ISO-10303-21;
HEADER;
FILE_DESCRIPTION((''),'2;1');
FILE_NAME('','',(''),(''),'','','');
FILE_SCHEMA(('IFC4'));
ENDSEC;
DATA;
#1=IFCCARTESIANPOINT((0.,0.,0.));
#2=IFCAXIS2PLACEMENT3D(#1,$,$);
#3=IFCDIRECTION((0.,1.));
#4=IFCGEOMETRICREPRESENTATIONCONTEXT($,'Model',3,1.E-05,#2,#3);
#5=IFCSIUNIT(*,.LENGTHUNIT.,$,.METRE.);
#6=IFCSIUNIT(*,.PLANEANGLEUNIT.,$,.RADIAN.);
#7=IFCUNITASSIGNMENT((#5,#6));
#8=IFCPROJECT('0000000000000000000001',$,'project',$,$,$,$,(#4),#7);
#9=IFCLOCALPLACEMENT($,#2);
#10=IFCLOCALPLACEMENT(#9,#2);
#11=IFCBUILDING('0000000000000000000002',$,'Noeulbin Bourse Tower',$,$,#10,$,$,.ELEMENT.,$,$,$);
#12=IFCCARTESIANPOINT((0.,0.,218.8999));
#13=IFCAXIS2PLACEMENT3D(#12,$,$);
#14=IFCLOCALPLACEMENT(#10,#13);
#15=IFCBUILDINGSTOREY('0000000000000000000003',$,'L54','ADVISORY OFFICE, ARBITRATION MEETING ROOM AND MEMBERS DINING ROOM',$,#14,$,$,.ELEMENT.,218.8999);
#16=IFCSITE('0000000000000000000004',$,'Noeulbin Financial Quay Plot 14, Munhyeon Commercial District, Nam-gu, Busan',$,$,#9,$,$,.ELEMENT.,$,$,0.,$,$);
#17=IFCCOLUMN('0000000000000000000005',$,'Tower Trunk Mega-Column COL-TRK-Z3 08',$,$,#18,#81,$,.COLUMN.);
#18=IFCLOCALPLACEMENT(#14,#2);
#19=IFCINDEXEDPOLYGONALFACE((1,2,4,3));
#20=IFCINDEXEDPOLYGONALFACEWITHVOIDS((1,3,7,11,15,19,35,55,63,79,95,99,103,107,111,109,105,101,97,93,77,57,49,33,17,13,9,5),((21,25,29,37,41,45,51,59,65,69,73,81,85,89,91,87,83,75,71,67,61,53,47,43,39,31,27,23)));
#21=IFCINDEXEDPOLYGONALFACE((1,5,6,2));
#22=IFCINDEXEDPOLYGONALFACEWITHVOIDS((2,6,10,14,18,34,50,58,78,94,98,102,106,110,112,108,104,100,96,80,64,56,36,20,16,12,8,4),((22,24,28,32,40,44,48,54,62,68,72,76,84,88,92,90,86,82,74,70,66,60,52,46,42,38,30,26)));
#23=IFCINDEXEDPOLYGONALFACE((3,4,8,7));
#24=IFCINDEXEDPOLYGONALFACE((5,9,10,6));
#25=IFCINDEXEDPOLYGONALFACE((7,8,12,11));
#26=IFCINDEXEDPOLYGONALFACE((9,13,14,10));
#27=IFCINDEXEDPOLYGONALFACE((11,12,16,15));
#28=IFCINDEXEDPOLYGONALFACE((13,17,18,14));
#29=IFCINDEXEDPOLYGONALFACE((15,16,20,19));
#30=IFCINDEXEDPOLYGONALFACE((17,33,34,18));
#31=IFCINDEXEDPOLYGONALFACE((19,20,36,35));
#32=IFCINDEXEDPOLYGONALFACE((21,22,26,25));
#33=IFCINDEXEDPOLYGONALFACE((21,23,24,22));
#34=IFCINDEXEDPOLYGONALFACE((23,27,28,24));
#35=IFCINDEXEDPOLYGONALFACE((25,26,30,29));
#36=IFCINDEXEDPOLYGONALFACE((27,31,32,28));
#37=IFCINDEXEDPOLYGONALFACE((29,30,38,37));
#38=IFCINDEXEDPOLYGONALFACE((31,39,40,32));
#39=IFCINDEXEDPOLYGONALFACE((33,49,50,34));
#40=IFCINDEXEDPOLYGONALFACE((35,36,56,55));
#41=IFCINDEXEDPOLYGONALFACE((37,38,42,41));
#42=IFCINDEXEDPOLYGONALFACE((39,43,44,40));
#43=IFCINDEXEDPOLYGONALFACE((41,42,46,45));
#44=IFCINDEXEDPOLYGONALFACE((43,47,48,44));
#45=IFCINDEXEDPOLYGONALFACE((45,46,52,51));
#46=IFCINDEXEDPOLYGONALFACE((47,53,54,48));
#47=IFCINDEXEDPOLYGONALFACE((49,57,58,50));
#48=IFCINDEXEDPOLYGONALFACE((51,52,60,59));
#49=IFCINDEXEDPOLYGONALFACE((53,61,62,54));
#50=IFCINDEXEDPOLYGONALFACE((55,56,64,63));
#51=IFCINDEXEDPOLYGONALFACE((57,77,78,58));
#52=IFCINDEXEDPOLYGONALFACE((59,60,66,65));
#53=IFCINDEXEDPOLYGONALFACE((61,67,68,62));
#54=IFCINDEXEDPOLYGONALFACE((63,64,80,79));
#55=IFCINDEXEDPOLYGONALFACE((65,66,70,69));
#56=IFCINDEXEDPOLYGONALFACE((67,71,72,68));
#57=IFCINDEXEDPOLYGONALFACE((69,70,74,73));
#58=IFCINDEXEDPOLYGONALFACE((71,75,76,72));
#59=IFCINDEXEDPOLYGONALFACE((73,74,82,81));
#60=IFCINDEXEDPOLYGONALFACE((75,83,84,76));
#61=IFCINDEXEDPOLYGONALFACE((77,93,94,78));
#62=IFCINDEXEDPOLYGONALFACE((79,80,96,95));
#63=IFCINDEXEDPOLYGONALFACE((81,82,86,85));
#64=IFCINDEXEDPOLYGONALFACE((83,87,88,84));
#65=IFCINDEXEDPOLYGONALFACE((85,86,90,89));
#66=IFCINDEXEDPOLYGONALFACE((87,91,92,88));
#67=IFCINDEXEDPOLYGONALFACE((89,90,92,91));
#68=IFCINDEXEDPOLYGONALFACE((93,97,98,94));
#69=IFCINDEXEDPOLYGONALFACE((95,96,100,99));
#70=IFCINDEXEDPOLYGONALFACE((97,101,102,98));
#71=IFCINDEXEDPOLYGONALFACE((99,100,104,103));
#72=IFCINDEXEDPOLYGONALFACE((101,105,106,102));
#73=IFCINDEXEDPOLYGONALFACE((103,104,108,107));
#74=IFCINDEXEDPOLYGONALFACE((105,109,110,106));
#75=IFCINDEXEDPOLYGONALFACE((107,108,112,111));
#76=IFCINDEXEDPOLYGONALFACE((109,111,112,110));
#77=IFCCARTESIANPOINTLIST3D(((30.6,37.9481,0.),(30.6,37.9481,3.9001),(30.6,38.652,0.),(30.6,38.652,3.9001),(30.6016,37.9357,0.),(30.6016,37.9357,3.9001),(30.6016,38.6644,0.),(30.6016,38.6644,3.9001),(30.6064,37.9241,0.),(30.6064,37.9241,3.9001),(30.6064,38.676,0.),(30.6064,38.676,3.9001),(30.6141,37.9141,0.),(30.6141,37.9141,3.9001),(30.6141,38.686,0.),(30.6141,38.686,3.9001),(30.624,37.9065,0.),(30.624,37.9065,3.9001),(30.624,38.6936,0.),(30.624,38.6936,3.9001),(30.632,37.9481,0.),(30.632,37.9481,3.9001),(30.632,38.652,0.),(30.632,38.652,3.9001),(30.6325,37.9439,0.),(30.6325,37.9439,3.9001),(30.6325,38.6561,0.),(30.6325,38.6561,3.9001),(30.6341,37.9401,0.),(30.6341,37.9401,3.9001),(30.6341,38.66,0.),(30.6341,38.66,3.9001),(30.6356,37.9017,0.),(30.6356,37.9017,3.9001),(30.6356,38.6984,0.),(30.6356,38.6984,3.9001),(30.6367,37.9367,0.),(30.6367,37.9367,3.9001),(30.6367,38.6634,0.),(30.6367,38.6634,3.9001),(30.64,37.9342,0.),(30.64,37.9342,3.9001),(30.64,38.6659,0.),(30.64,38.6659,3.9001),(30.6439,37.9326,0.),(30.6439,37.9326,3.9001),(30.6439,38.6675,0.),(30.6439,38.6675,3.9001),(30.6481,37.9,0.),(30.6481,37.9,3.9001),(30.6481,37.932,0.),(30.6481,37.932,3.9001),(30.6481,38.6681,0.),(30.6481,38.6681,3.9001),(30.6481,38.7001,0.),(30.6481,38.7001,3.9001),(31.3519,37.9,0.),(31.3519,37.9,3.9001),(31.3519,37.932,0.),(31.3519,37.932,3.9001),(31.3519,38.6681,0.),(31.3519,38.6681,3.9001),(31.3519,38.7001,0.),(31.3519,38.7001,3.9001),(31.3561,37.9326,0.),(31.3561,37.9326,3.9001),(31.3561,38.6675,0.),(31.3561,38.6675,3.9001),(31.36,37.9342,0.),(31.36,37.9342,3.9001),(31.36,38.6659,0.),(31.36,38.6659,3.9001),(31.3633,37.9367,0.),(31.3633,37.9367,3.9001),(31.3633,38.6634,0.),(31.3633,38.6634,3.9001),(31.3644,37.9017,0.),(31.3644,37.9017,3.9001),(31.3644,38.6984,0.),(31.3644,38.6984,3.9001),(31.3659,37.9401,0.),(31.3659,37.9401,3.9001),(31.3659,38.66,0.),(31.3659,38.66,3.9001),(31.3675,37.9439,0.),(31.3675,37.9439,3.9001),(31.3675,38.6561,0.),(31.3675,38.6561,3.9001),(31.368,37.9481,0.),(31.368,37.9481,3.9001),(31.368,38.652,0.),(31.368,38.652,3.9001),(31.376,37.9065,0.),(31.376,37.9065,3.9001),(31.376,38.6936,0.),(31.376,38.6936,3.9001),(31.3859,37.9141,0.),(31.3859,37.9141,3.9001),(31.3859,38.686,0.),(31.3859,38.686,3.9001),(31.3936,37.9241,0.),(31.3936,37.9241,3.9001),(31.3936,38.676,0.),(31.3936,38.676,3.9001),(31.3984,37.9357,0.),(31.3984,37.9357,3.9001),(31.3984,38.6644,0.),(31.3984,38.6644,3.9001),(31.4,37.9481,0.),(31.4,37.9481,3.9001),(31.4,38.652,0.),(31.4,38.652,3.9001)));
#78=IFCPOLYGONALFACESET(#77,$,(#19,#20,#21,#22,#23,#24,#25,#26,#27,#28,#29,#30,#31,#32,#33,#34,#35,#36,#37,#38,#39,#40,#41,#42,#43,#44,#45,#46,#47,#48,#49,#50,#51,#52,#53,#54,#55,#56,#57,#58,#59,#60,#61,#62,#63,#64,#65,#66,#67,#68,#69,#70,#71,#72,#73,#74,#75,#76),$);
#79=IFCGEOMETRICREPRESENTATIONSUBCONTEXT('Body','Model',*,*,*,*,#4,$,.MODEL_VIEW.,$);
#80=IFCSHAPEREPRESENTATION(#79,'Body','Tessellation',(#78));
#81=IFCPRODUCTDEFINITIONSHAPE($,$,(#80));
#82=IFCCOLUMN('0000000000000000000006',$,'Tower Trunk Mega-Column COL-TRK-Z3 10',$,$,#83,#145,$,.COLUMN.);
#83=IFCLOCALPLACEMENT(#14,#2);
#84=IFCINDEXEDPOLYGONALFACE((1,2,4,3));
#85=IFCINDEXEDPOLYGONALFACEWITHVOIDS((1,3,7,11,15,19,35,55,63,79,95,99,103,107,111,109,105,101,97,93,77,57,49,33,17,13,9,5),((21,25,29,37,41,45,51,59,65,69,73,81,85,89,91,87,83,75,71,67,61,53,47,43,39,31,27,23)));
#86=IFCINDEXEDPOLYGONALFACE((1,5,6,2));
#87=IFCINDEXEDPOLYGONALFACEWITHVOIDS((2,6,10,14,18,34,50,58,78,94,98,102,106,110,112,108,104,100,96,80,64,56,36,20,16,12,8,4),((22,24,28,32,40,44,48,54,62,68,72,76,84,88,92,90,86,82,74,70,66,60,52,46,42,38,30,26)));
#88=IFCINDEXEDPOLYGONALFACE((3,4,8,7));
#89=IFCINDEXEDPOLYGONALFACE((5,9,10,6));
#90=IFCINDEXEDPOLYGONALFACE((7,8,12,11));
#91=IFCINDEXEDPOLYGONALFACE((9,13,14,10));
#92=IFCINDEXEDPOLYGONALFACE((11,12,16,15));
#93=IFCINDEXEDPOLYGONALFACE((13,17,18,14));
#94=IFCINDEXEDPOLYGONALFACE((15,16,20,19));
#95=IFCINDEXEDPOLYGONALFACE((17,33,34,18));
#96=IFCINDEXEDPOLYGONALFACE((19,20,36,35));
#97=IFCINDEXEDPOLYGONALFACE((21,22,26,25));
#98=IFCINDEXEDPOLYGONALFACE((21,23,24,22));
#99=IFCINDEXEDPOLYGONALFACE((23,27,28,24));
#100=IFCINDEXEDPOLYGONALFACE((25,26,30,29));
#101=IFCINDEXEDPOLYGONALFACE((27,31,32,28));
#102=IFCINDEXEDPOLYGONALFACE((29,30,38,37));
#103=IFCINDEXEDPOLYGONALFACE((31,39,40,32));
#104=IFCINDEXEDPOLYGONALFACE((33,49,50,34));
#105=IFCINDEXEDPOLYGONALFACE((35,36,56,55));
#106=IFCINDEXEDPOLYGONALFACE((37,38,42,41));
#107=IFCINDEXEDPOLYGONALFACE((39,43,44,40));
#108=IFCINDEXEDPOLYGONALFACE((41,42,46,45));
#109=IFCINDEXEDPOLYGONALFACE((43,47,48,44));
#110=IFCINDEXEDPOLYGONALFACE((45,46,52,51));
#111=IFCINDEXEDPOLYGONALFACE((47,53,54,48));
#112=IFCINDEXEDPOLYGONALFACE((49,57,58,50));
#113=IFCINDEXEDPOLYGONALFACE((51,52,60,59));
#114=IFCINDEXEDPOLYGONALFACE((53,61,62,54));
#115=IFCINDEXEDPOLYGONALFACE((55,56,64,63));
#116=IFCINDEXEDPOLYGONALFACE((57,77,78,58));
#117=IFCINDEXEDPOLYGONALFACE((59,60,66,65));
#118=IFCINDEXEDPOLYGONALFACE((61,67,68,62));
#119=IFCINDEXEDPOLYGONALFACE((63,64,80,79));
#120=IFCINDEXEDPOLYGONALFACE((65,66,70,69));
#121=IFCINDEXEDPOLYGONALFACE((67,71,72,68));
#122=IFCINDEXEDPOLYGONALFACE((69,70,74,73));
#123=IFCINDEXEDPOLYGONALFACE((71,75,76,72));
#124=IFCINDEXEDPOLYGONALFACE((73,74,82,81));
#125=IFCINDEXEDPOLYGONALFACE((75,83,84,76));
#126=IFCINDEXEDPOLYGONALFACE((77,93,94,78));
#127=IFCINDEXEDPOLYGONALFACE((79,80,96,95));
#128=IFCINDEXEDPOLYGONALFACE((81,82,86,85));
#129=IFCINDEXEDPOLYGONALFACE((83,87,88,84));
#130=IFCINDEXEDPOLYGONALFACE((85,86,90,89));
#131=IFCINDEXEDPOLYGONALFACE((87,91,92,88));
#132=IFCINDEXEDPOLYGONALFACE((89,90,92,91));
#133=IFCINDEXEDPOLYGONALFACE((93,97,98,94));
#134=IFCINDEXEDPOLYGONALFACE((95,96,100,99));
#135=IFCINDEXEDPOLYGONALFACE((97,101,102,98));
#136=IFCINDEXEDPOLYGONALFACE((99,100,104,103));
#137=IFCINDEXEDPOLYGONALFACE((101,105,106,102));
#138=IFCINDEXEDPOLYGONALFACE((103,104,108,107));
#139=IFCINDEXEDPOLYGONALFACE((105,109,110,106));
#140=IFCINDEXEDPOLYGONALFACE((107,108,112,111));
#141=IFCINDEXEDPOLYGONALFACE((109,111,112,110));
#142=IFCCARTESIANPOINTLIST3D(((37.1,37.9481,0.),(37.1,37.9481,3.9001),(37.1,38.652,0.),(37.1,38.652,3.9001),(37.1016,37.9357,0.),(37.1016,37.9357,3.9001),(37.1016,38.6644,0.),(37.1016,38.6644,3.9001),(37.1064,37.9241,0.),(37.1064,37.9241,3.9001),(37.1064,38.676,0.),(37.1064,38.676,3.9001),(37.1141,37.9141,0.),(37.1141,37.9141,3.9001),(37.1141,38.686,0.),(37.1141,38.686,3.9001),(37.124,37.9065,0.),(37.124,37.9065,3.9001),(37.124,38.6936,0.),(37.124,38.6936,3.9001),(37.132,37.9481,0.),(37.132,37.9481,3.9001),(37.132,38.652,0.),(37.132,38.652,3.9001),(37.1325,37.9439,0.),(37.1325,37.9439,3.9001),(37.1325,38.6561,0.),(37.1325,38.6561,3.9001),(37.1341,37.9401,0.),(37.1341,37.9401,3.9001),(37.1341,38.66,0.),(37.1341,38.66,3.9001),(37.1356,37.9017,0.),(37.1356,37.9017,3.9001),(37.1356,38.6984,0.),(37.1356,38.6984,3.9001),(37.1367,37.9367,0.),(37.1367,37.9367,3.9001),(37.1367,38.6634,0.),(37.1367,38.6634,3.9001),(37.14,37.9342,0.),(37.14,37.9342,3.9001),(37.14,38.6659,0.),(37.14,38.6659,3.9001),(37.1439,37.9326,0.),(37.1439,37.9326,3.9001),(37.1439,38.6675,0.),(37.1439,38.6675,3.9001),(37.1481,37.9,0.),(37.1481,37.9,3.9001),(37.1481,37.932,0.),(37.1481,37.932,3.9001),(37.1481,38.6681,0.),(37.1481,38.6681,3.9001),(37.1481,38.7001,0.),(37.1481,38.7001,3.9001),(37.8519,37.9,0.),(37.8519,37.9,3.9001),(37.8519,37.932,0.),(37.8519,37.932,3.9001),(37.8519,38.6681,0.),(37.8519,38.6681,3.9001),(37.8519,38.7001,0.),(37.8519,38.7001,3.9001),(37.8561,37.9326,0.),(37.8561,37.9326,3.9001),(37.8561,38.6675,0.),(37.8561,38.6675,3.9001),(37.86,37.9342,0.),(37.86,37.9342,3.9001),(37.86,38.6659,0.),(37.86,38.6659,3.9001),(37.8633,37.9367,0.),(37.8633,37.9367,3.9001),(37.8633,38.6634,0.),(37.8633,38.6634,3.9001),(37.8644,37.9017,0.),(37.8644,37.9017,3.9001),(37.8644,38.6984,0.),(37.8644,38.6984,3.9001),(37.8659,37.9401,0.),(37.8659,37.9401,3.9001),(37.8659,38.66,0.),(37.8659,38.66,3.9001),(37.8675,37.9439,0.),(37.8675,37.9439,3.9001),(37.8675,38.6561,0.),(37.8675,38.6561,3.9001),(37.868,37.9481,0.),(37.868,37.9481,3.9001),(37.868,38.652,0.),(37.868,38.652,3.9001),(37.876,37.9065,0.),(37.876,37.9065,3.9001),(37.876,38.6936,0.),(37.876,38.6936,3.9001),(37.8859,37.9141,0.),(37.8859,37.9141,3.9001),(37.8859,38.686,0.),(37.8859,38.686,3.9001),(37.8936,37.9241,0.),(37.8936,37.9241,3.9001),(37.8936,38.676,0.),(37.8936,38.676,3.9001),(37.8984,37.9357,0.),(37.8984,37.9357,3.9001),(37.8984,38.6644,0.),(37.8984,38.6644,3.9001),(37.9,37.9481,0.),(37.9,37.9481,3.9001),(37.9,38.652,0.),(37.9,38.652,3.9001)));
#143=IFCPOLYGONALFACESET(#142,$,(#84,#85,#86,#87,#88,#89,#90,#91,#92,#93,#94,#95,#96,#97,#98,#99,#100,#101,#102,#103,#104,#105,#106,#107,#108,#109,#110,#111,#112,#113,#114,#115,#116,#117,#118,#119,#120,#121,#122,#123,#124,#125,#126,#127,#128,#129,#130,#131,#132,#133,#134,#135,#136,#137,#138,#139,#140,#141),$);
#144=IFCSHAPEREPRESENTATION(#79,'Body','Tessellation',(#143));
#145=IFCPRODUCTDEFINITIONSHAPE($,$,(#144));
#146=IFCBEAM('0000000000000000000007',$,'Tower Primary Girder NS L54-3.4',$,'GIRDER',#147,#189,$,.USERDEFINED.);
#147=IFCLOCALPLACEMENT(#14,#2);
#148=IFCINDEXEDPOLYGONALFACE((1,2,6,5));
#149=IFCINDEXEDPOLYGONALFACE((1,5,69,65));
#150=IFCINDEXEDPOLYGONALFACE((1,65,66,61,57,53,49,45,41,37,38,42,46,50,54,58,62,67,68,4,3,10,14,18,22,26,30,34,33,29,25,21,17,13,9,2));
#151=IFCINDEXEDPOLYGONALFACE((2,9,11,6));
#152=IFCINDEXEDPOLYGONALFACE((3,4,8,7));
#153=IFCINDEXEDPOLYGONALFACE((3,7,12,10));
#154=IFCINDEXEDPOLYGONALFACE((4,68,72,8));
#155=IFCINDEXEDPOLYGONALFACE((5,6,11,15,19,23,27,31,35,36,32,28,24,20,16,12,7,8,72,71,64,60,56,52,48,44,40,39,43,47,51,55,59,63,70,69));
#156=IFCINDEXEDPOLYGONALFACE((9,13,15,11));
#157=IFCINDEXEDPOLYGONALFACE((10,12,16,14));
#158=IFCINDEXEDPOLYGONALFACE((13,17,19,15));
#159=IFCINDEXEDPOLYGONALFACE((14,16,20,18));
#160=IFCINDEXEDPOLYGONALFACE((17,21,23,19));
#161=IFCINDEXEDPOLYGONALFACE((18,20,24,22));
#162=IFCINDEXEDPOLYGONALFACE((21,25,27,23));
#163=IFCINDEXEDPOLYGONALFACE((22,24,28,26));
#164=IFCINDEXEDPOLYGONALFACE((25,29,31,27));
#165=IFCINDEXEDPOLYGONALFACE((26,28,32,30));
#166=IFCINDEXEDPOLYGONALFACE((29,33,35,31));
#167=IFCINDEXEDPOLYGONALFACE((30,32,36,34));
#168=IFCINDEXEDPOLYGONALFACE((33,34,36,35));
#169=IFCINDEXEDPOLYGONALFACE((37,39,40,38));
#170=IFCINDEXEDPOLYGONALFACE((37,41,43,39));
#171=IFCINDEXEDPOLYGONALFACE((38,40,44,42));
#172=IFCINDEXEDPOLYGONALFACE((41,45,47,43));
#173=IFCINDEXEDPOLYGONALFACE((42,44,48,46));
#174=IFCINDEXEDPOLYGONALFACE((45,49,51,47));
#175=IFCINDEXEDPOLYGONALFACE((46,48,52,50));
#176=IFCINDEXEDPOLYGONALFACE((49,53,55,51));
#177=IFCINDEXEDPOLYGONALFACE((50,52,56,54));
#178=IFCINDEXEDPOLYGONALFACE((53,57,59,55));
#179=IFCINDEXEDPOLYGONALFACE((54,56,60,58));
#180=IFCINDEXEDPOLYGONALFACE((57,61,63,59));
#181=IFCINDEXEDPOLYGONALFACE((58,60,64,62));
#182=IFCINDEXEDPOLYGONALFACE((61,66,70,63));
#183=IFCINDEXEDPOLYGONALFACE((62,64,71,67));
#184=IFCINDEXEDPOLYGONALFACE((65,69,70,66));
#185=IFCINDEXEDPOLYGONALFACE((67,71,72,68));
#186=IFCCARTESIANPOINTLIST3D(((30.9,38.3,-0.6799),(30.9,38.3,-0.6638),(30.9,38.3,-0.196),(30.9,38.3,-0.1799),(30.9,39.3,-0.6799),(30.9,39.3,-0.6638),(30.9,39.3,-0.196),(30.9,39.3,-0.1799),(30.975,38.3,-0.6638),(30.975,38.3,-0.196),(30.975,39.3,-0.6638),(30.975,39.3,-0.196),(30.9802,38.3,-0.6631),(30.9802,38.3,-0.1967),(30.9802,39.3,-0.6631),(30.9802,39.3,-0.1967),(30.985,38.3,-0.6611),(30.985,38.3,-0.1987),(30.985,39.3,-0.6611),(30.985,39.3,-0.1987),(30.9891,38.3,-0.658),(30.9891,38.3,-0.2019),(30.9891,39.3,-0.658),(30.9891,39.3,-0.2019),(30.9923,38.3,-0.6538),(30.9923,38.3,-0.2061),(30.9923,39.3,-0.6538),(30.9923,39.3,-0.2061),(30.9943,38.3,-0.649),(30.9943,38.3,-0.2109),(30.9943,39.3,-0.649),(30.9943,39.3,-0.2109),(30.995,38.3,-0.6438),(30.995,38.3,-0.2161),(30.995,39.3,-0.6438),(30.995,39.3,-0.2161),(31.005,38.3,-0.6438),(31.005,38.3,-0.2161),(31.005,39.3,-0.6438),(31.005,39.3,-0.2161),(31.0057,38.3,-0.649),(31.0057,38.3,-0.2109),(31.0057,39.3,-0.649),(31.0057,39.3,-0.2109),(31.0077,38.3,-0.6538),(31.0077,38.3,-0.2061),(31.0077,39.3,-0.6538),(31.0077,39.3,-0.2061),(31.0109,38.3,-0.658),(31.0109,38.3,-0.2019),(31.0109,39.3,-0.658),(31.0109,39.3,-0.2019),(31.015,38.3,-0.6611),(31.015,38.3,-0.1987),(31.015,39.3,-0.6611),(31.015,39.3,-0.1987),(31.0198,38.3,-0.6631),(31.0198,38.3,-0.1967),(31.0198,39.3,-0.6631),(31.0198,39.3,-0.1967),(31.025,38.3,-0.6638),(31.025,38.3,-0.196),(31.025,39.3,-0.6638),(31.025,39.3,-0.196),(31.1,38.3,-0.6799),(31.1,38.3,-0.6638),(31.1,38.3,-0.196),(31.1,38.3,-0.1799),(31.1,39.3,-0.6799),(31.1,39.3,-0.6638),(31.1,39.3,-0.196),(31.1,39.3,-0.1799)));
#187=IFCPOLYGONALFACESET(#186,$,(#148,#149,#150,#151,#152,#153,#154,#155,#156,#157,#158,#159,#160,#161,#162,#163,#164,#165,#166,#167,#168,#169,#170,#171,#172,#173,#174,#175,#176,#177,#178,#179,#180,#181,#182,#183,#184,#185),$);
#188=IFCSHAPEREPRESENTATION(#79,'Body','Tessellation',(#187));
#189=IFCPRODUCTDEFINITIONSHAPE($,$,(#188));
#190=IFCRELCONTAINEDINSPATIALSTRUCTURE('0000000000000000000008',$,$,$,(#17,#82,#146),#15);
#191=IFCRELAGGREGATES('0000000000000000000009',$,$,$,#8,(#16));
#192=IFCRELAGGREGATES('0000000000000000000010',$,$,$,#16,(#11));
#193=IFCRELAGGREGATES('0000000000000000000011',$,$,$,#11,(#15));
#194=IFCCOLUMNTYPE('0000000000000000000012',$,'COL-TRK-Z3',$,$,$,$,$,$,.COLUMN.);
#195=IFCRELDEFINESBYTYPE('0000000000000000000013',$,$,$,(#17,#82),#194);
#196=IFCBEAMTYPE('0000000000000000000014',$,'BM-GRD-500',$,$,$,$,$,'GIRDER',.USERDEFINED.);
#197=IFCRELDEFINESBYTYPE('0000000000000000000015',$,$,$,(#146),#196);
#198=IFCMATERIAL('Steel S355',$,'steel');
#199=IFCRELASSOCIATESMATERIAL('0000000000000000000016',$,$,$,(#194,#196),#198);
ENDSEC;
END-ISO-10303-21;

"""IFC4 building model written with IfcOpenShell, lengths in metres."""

from ifc_helpers import new_model, si_unit, direction, frame, origin, origin_2d, place, context, subcontext, project, spatial, hollow_rectangle, i_section, extrude, material, material_profile, profile_set, type_object, element, save


model = new_model("IFC4")

# Units and contexts
model_context = context("Model", 3, precision=1e-05, world=origin(), true_north=direction((0.0, 1.0)))
body_context = subcontext(model_context, "Body", "Model", "MODEL_VIEW")
ifc_project = project(units=[si_unit("LENGTHUNIT", "METRE"), si_unit("PLANEANGLEUNIT", "RADIAN")], contexts=[model_context])

# Site, building, storey
site_placement = place(None, origin())
site = spatial("IfcSite", under=ifc_project, at=site_placement, Name="Noeulbin Financial Quay Plot 14, Munhyeon Commercial District, Nam-gu, Busan", CompositionType="ELEMENT", RefElevation=0.0)
building_placement = place(site_placement, origin())
building = spatial("IfcBuilding", under=site, at=building_placement, Name="Noeulbin Bourse Tower", CompositionType="ELEMENT")
storey_placement = place(building_placement, frame((0.0, 0.0, 218.8999)))
storey = spatial("IfcBuildingStorey", under=building, at=storey_placement, Name="L54", Description="ADVISORY OFFICE, ARBITRATION MEETING ROOM AND MEMBERS DINING ROOM", CompositionType="ELEMENT", Elevation=218.8999)

# Columns
ifc_material_1 = material(Name="Steel S355", Category="steel")
ifc_material_profile_1 = material_profile(ifc_material_1, hollow_rectangle(XDim=0.8, YDim=0.8, WallThickness=0.032, InnerFilletRadius=0.0161, OuterFilletRadius=0.0481, at=origin_2d()), Name="BOX-800x800x32", Category="LoadBearing")
ifc_profile_set_1 = profile_set([ifc_material_profile_1], Name="Steel S355")
column_type = type_object("IfcColumnType", Name="COL-TRK-Z3", PredefinedType="COLUMN", material=ifc_profile_set_1)
for number, where, z_axis, x_axis, name in (
    (1, (31.0, 38.3, 0.0), (0.0, 0.0, 1.0), (1.0, 0.0, 0.0), "Tower Trunk Mega-Column COL-TRK-Z3 08"),
    (2, (37.5, 38.3, 0.0), (0.0, 0.0, 1.0), (1.0, 0.0, 0.0), "Tower Trunk Mega-Column COL-TRK-Z3 10"),
):
    element("IfcColumn", number, at=place(storey_placement, frame(where, z_axis=z_axis, x_axis=x_axis)), inside=storey, type_object=column_type, Name=name, PredefinedType="COLUMN", context=body_context, shape_type="SweptSolid", body=[
        extrude(hollow_rectangle(XDim=0.8, YDim=0.8, WallThickness=0.032, InnerFilletRadius=0.0161, OuterFilletRadius=0.0481, at=origin_2d()), origin(), (0.0, 0.0, 1.0), 3.9001),
    ])

# Beam
ifc_material_profile_2 = material_profile(ifc_material_1, i_section(OverallWidth=0.2, OverallDepth=0.5, WebThickness=0.01, FlangeThickness=0.0161, FilletRadius=0.02, at=origin_2d()), Name="H-500x200x10x16", Category="LoadBearing")
ifc_profile_set_2 = profile_set([ifc_material_profile_2], Name="Steel S355")
beam_type = type_object("IfcBeamType", Name="BM-GRD-500", ElementType="GIRDER", PredefinedType="USERDEFINED", material=ifc_profile_set_2)
for number, where, z_axis, x_axis, name in (
    (3, (31.0, 38.3, -0.4299), (0.0, 1.0, 0.0), (-1.0, 0.0, 0.0), "Tower Primary Girder NS L54-3.4"),
):
    element("IfcBeam", number, at=place(storey_placement, frame(where, z_axis=z_axis, x_axis=x_axis)), inside=storey, type_object=beam_type, Name=name, ObjectType="GIRDER", PredefinedType="USERDEFINED", context=body_context, shape_type="SweptSolid", body=[
        extrude(i_section(OverallWidth=0.2, OverallDepth=0.5, WebThickness=0.01, FlangeThickness=0.0161, FilletRadius=0.02, at=origin_2d()), origin(), (0.0, 0.0, 1.0), 1.0),
    ])

save(model, "model.ifc")
